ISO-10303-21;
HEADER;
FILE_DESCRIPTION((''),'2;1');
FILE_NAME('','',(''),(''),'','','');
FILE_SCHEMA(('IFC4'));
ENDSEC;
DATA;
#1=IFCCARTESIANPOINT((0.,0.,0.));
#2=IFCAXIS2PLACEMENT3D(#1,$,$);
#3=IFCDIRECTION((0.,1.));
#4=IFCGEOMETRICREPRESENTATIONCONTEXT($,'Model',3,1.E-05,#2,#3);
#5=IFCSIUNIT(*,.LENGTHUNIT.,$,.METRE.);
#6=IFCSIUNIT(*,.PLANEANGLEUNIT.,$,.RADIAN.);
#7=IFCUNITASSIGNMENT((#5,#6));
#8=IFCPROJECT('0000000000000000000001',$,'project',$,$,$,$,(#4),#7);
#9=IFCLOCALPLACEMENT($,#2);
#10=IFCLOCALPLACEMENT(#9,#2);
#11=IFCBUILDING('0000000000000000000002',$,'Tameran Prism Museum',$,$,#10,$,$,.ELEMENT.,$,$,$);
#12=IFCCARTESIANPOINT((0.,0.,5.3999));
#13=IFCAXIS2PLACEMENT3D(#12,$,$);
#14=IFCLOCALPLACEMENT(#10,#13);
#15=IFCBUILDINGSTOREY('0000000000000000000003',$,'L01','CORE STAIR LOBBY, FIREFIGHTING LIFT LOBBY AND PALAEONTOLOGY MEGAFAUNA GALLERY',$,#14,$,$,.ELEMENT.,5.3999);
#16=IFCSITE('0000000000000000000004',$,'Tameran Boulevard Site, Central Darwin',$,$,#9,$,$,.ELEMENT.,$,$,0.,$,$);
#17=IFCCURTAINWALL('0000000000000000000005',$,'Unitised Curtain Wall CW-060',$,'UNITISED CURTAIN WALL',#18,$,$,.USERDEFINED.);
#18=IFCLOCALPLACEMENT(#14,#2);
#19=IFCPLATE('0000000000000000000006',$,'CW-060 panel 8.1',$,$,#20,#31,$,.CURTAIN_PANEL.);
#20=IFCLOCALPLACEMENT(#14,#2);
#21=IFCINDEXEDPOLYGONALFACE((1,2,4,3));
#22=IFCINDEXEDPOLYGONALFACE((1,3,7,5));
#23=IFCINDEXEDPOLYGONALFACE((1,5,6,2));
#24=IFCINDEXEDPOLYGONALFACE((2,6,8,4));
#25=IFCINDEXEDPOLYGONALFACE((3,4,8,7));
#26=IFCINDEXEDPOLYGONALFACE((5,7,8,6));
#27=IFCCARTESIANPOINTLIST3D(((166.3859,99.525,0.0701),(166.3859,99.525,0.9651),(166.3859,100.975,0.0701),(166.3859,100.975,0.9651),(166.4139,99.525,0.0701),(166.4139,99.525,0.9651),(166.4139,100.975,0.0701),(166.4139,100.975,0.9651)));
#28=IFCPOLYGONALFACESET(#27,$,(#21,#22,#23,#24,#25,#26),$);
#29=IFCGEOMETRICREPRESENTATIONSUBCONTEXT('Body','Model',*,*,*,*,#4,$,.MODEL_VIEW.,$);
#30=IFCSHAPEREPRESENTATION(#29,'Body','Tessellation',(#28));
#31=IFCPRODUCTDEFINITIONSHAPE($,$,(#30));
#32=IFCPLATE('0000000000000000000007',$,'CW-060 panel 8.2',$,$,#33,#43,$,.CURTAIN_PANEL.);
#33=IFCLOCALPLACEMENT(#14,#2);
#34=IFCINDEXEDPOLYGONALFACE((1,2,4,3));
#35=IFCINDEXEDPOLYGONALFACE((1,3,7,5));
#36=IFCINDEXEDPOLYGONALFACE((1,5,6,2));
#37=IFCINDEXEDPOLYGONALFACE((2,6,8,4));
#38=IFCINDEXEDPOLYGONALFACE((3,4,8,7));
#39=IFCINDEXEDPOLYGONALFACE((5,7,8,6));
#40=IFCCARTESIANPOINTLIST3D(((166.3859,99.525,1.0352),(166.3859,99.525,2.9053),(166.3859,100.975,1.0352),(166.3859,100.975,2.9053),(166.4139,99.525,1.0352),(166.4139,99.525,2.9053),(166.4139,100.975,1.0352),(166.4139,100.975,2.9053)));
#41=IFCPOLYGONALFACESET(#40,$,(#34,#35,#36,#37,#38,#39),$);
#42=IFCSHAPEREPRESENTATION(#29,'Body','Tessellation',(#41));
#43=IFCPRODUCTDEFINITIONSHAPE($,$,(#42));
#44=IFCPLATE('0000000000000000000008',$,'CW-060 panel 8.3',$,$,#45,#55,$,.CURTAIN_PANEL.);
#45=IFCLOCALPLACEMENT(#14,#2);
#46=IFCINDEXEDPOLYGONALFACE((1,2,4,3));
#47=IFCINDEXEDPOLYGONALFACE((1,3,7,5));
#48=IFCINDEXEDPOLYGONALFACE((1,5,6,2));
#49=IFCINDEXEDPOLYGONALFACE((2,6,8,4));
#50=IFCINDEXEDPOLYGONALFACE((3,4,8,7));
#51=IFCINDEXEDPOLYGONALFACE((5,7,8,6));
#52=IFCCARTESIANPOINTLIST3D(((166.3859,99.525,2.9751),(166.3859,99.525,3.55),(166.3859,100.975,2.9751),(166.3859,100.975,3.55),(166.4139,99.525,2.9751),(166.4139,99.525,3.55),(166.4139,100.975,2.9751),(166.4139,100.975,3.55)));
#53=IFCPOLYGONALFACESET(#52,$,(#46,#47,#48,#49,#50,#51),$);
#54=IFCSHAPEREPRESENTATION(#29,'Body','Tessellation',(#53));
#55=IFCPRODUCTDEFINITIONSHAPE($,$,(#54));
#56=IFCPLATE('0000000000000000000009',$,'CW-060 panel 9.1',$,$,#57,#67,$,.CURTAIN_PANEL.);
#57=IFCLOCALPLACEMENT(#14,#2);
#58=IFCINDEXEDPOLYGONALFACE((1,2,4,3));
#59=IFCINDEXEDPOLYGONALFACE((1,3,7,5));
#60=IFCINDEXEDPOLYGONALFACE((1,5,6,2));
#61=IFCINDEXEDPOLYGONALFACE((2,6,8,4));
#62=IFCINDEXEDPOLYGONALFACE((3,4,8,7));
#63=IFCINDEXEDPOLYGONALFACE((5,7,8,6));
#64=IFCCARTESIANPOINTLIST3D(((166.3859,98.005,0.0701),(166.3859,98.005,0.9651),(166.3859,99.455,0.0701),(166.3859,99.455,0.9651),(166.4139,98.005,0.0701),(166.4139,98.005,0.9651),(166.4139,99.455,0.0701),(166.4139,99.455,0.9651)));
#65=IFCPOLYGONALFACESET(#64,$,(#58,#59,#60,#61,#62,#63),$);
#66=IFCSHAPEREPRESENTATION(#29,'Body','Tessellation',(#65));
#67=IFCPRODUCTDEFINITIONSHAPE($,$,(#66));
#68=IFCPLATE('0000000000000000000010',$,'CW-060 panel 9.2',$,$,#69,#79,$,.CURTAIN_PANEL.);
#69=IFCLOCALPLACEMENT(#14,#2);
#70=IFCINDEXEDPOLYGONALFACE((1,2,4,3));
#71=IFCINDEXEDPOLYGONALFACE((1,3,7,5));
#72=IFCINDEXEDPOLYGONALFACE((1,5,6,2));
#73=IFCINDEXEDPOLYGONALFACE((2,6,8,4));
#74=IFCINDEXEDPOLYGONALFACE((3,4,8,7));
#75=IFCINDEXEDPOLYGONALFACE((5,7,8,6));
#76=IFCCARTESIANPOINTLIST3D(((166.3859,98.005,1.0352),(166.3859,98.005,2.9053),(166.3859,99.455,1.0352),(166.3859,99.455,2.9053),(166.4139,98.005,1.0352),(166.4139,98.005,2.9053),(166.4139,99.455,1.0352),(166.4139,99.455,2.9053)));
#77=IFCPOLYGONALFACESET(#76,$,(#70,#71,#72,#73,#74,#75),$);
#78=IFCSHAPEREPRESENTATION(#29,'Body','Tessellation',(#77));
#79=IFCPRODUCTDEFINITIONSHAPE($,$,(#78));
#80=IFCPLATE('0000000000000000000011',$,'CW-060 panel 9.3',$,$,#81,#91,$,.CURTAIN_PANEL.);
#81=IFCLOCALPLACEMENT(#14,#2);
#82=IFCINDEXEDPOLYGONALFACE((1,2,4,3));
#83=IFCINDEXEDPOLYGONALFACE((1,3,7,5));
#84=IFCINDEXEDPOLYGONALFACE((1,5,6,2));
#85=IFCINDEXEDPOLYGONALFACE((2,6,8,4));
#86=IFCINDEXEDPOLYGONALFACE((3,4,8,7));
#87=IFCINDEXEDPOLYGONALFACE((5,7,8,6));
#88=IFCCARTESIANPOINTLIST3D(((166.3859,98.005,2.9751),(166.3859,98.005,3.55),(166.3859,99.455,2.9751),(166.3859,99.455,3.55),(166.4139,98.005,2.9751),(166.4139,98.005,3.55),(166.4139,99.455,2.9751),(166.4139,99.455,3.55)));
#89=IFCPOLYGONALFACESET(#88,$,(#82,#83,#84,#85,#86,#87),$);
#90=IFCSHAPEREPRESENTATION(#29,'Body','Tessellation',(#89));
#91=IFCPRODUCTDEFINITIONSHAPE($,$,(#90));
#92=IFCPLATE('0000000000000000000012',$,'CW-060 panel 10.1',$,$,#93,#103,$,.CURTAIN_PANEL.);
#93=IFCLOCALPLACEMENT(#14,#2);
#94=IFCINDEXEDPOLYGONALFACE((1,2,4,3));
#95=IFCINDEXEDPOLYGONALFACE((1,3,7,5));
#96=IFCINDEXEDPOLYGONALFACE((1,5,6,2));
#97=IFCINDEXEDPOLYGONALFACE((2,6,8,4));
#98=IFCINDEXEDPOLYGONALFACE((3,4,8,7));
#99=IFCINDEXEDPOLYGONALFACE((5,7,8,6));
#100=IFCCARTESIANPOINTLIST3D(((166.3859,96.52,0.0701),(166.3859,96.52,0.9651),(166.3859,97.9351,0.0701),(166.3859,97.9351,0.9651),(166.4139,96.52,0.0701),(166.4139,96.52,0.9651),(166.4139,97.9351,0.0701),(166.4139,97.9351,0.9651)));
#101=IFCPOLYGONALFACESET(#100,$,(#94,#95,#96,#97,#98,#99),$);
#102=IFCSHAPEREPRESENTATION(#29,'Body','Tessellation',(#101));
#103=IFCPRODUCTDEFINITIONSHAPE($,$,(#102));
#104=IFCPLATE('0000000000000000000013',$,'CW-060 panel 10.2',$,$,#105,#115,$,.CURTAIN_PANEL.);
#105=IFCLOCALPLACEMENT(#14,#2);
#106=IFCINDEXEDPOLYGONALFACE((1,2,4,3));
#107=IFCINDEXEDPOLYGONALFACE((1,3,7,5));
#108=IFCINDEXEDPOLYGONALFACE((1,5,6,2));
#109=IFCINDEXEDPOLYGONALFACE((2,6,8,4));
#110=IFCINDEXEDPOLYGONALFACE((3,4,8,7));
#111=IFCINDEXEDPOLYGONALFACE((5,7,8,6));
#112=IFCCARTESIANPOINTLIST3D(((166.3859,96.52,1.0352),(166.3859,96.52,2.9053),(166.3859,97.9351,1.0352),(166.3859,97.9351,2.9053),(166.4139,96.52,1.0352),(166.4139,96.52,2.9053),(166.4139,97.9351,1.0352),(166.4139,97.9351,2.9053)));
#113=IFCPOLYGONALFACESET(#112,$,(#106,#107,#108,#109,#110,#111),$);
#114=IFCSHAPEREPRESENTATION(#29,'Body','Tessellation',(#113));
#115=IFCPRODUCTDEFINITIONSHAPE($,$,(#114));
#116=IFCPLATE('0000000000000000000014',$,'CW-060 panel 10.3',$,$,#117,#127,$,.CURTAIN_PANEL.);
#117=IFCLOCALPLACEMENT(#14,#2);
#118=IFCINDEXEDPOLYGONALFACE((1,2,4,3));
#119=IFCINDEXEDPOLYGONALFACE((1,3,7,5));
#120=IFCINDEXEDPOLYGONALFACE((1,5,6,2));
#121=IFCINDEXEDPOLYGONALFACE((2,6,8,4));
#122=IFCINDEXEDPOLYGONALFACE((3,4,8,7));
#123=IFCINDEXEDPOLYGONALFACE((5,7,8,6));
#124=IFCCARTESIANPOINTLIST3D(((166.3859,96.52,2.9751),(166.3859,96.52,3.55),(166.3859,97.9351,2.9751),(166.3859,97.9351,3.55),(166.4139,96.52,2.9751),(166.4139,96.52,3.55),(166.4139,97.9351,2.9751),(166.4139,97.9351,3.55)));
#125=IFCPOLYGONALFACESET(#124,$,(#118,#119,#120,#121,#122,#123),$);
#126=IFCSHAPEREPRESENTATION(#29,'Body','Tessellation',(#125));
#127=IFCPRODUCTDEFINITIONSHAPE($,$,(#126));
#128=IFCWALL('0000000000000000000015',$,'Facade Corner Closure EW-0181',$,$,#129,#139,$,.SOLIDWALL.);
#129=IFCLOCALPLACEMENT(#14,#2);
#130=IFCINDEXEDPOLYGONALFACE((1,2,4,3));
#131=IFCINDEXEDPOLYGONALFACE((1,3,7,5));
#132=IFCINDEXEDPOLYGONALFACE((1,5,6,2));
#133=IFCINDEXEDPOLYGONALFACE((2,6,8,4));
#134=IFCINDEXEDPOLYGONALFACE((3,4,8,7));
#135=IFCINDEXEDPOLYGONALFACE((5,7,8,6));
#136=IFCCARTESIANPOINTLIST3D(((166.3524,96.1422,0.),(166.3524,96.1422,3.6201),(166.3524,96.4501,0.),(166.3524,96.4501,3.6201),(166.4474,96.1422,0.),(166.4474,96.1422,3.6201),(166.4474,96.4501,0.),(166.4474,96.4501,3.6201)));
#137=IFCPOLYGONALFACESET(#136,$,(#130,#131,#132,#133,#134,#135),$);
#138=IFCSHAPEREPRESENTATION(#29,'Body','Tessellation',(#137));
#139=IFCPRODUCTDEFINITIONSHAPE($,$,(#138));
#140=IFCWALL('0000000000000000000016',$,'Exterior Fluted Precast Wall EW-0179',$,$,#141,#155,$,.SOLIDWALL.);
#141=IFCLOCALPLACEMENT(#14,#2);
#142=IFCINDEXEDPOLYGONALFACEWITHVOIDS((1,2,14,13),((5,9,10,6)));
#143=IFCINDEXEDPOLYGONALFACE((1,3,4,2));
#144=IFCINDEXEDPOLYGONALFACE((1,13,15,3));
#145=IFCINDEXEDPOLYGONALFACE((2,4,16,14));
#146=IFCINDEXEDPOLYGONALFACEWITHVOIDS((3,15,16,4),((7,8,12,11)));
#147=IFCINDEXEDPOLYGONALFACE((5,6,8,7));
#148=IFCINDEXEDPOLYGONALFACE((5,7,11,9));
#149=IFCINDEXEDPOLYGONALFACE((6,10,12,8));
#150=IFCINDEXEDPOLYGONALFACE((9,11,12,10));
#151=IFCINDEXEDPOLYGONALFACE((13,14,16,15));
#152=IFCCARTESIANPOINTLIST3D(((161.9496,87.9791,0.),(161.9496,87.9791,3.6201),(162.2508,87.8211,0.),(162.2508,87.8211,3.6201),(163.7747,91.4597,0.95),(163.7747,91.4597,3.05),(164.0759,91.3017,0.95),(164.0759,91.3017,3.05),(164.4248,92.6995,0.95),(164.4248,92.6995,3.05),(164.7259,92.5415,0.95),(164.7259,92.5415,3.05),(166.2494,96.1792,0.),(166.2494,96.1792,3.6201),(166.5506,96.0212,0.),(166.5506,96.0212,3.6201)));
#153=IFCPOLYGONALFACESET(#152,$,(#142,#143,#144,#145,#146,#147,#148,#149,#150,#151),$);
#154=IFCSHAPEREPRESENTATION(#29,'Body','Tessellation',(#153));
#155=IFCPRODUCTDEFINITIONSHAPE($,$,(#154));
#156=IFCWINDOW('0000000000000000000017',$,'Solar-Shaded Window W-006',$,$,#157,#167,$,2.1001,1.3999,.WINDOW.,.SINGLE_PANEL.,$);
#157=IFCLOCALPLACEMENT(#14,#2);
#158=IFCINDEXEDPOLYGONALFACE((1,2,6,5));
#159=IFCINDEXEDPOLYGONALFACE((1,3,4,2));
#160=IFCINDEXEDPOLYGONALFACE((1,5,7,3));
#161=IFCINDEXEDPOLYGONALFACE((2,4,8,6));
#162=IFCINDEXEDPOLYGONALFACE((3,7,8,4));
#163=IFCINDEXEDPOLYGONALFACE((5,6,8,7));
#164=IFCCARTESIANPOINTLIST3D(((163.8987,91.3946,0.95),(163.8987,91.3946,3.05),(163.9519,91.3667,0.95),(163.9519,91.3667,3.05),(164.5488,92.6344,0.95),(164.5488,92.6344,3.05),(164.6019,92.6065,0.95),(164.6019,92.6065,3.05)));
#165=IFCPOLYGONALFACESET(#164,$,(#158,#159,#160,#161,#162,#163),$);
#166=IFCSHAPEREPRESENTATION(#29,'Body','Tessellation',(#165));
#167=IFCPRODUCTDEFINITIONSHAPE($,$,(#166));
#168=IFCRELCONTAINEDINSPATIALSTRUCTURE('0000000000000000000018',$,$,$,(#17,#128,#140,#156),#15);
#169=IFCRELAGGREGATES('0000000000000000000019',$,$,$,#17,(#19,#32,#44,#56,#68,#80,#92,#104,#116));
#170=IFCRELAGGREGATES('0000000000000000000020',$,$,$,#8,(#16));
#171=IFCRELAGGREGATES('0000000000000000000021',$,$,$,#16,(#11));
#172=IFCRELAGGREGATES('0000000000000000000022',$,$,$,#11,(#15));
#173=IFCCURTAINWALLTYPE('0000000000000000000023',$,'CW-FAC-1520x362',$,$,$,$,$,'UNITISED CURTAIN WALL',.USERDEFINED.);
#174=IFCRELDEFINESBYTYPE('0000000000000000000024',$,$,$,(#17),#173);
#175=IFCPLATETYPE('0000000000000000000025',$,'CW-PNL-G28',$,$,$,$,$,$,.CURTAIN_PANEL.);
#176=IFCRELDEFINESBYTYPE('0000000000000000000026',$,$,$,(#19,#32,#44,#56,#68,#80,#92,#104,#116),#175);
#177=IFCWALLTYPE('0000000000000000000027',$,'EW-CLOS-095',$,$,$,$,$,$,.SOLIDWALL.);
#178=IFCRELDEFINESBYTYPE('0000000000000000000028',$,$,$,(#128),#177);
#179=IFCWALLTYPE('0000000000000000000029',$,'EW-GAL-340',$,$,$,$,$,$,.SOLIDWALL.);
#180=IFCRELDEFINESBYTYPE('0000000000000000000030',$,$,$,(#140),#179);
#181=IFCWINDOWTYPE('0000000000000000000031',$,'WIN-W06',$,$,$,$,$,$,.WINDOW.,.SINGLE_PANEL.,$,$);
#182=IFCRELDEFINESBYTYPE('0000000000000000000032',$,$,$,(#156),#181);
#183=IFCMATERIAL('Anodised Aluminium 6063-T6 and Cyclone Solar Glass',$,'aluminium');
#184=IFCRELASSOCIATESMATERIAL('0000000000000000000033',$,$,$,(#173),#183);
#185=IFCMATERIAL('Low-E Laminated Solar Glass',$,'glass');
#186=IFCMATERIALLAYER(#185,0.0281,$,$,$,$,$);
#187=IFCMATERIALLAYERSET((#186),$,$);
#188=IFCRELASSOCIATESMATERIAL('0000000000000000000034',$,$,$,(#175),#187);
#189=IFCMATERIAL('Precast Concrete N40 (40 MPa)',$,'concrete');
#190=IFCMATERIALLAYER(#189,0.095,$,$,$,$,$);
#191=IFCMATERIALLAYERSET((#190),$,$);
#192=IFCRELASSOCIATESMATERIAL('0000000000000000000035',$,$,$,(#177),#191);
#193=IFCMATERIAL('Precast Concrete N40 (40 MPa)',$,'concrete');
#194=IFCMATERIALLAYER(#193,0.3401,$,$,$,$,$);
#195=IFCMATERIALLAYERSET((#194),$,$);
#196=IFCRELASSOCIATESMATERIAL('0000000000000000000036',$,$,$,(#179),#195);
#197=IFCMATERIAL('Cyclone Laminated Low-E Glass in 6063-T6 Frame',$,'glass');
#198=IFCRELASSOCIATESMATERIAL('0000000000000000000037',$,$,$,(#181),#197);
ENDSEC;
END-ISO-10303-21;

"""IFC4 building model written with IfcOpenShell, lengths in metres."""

from ifc_helpers import new_model, si_unit, direction, frame, frame_2d, origin, origin_2d, place, context, subcontext, project, spatial, rectangle, extrude, material, layer, layer_set, type_object, element, fill, aggregate, save


model = new_model("IFC4")

# Units and contexts
model_context = context("Model", 3, precision=1e-05, world=origin(), true_north=direction((0.0, 1.0)))
body_context = subcontext(model_context, "Body", "Model", "MODEL_VIEW")
ifc_project = project(units=[si_unit("LENGTHUNIT", "METRE"), si_unit("PLANEANGLEUNIT", "RADIAN")], contexts=[model_context])

# Site, building, storey
site_placement = place(None, origin())
site = spatial("IfcSite", under=ifc_project, at=site_placement, Name="Tameran Boulevard Site, Central Darwin", CompositionType="ELEMENT", RefElevation=0.0)
building_placement = place(site_placement, origin())
building = spatial("IfcBuilding", under=site, at=building_placement, Name="Tameran Prism Museum", CompositionType="ELEMENT")
storey_placement = place(building_placement, frame((0.0, 0.0, 5.3999)))
storey = spatial("IfcBuildingStorey", under=building, at=storey_placement, Name="L01", Description="CORE STAIR LOBBY, FIREFIGHTING LIFT LOBBY AND PALAEONTOLOGY MEGAFAUNA GALLERY", CompositionType="ELEMENT", Elevation=5.3999)

# Curtain wall, plates
ifc_material_1 = material(Name="Anodised Aluminium 6063-T6 and Cyclone Solar Glass", Category="aluminium")
curtain_wall_type = type_object("IfcCurtainWallType", Name="CW-FAC-1520x362", ElementType="UNITISED CURTAIN WALL", PredefinedType="USERDEFINED", material=ifc_material_1)
curtain_wall_placement = place(storey_placement, origin())
curtain_wall = element("IfcCurtainWall", 1, at=curtain_wall_placement, inside=storey, type_object=curtain_wall_type, Name="Unitised Curtain Wall CW-060", ObjectType="UNITISED CURTAIN WALL", PredefinedType="USERDEFINED")
ifc_material_2 = material(Name="Low-E Laminated Solar Glass", Category="glass")
ifc_layer_1 = layer(ifc_material_2, 0.0281)
ifc_layer_set_1 = layer_set([ifc_layer_1])
plate_type = type_object("IfcPlateType", Name="CW-PNL-G28", PredefinedType="CURTAIN_PANEL", material=ifc_layer_set_1)
plate_1_placement = place(storey_placement, frame((166.3999, 100.25, 0.0701), z_axis=(0.0, 0.0, 1.0), x_axis=(0.0, -1.0, 0.0)))
plate_1 = element("IfcPlate", 2, at=plate_1_placement, type_object=plate_type, Name="CW-060 panel 8.1", PredefinedType="CURTAIN_PANEL", context=body_context, shape_type="SweptSolid", body=[
    extrude(rectangle(XDim=1.45, YDim=0.0281, at=origin_2d()), origin(), (0.0, 0.0, 1.0), 0.895),
])
plate_2_placement = place(storey_placement, frame((166.3999, 100.25, 1.0352), z_axis=(0.0, 0.0, 1.0), x_axis=(0.0, -1.0, 0.0)))
plate_2 = element("IfcPlate", 3, at=plate_2_placement, type_object=plate_type, Name="CW-060 panel 8.2", PredefinedType="CURTAIN_PANEL", context=body_context, shape_type="SweptSolid", body=[
    extrude(rectangle(XDim=1.45, YDim=0.0281, at=origin_2d()), origin(), (0.0, 0.0, 1.0), 1.8701),
])
plate_3_placement = place(storey_placement, frame((166.3999, 100.25, 2.9751), z_axis=(0.0, 0.0, 1.0), x_axis=(0.0, -1.0, 0.0)))
plate_3 = element("IfcPlate", 4, at=plate_3_placement, type_object=plate_type, Name="CW-060 panel 8.3", PredefinedType="CURTAIN_PANEL", context=body_context, shape_type="SweptSolid", body=[
    extrude(rectangle(XDim=1.45, YDim=0.0281, at=origin_2d()), origin(), (0.0, 0.0, 1.0), 0.575),
])
plate_4_placement = place(storey_placement, frame((166.3999, 98.73, 0.0701), z_axis=(0.0, 0.0, 1.0), x_axis=(0.0, -1.0, 0.0)))
plate_4 = element("IfcPlate", 5, at=plate_4_placement, type_object=plate_type, Name="CW-060 panel 9.1", PredefinedType="CURTAIN_PANEL", context=body_context, shape_type="SweptSolid", body=[
    extrude(rectangle(XDim=1.45, YDim=0.0281, at=origin_2d()), origin(), (0.0, 0.0, 1.0), 0.895),
])
plate_5_placement = place(storey_placement, frame((166.3999, 98.73, 1.0352), z_axis=(0.0, 0.0, 1.0), x_axis=(0.0, -1.0, 0.0)))
plate_5 = element("IfcPlate", 6, at=plate_5_placement, type_object=plate_type, Name="CW-060 panel 9.2", PredefinedType="CURTAIN_PANEL", context=body_context, shape_type="SweptSolid", body=[
    extrude(rectangle(XDim=1.45, YDim=0.0281, at=origin_2d()), origin(), (0.0, 0.0, 1.0), 1.8701),
])
plate_6_placement = place(storey_placement, frame((166.3999, 98.73, 2.9751), z_axis=(0.0, 0.0, 1.0), x_axis=(0.0, -1.0, 0.0)))
plate_6 = element("IfcPlate", 7, at=plate_6_placement, type_object=plate_type, Name="CW-060 panel 9.3", PredefinedType="CURTAIN_PANEL", context=body_context, shape_type="SweptSolid", body=[
    extrude(rectangle(XDim=1.45, YDim=0.0281, at=origin_2d()), origin(), (0.0, 0.0, 1.0), 0.575),
])
plate_7_placement = place(storey_placement, frame((166.3999, 97.2275, 0.0701), z_axis=(0.0, 0.0, 1.0), x_axis=(0.0, -1.0, 0.0)))
plate_7 = element("IfcPlate", 8, at=plate_7_placement, type_object=plate_type, Name="CW-060 panel 10.1", PredefinedType="CURTAIN_PANEL", context=body_context, shape_type="SweptSolid", body=[
    extrude(rectangle(XDim=1.415, YDim=0.0281, at=origin_2d()), origin(), (0.0, 0.0, 1.0), 0.895),
])
plate_8_placement = place(storey_placement, frame((166.3999, 97.2275, 1.0352), z_axis=(0.0, 0.0, 1.0), x_axis=(0.0, -1.0, 0.0)))
plate_8 = element("IfcPlate", 9, at=plate_8_placement, type_object=plate_type, Name="CW-060 panel 10.2", PredefinedType="CURTAIN_PANEL", context=body_context, shape_type="SweptSolid", body=[
    extrude(rectangle(XDim=1.415, YDim=0.0281, at=origin_2d()), origin(), (0.0, 0.0, 1.0), 1.8701),
])
plate_9_placement = place(storey_placement, frame((166.3999, 97.2275, 2.9751), z_axis=(0.0, 0.0, 1.0), x_axis=(0.0, -1.0, 0.0)))
plate_9 = element("IfcPlate", 10, at=plate_9_placement, type_object=plate_type, Name="CW-060 panel 10.3", PredefinedType="CURTAIN_PANEL", context=body_context, shape_type="SweptSolid", body=[
    extrude(rectangle(XDim=1.415, YDim=0.0281, at=origin_2d()), origin(), (0.0, 0.0, 1.0), 0.575),
])
aggregate(curtain_wall, [plate_1, plate_2, plate_3, plate_4, plate_5, plate_6, plate_7, plate_8, plate_9])

# Wall
ifc_material_3 = material(Name="Precast Concrete N40 (40 MPa)", Category="concrete")
ifc_layer_2 = layer(ifc_material_3, 0.095)
ifc_layer_set_2 = layer_set([ifc_layer_2])
wall_type_1 = type_object("IfcWallType", Name="EW-CLOS-095", PredefinedType="SOLIDWALL", material=ifc_layer_set_2)
wall_1_placement = place(storey_placement, frame((166.3999, 96.45, 0.0), z_axis=(0.0, 0.0, 1.0), x_axis=(0.0, -1.0, 0.0)))
element("IfcWall", 11, at=wall_1_placement, inside=storey, type_object=wall_type_1, Name="Facade Corner Closure EW-0181", PredefinedType="SOLIDWALL", context=body_context, shape_type="SweptSolid", body=[
    extrude(rectangle(XDim=0.3079, YDim=0.095, at=frame_2d((0.1538, 0.0))), origin(), (0.0, 0.0, 1.0), 3.6201),
])

# Wall, opening, window
ifc_material_4 = material(Name="Precast Concrete N40 (40 MPa)", Category="concrete")
ifc_layer_3 = layer(ifc_material_4, 0.3401)
ifc_layer_set_3 = layer_set([ifc_layer_3])
wall_type_2 = type_object("IfcWallType", Name="EW-GAL-340", PredefinedType="SOLIDWALL", material=ifc_layer_set_3)
wall_2_placement = place(storey_placement, frame((166.3999, 96.1001, 0.0), z_axis=(0.0, 0.0, 1.0), x_axis=(-0.464385, -0.885633, 0.0)))
wall_2 = element("IfcWall", 12, at=wall_2_placement, inside=storey, type_object=wall_type_2, Name="Exterior Fluted Precast Wall EW-0179", PredefinedType="SOLIDWALL", context=body_context, shape_type="SweptSolid", body=[
    extrude(rectangle(XDim=9.259, YDim=0.3401, at=frame_2d((4.6294, 0.0))), origin(), (0.0, 0.0, 1.0), 3.6201),
])
opening_placement = place(wall_2_placement, frame((3.929, 0.0, 0.95)))
opening = element("IfcOpeningElement", 13, at=opening_placement, cuts=wall_2, PredefinedType="OPENING", context=body_context, shape_type="SweptSolid", body=[
    extrude(rectangle(XDim=1.3999, YDim=2.1001, at=frame_2d((0.7, 1.05))), frame((0.0, 0.1799, 0.0), z_axis=(0.0, -1.0, 0.0), x_axis=(1.0, 0.0, 0.0)), (0.0, 0.0, 1.0), 0.3601),
])
ifc_material_5 = material(Name="Cyclone Laminated Low-E Glass in 6063-T6 Frame", Category="glass")
window_type = type_object("IfcWindowType", Name="WIN-W06", PartitioningType="SINGLE_PANEL", PredefinedType="WINDOW", material=ifc_material_5)
window_placement = place(opening_placement, origin())
window = element("IfcWindow", 14, at=window_placement, inside=storey, type_object=window_type, Name="Solar-Shaded Window W-006", OverallHeight=2.1001, OverallWidth=1.3999, PartitioningType="SINGLE_PANEL", PredefinedType="WINDOW", context=body_context, shape_type="SweptSolid", body=[
    extrude(rectangle(XDim=1.3999, YDim=2.1001, at=frame_2d((0.7, 1.05))), frame((0.0, 0.03, 0.0), z_axis=(0.0, -1.0, 0.0), x_axis=(1.0, 0.0, 0.0)), (0.0, 0.0, 1.0), 0.0601),
])
fill(opening, window)

save(model, "model.ifc")
